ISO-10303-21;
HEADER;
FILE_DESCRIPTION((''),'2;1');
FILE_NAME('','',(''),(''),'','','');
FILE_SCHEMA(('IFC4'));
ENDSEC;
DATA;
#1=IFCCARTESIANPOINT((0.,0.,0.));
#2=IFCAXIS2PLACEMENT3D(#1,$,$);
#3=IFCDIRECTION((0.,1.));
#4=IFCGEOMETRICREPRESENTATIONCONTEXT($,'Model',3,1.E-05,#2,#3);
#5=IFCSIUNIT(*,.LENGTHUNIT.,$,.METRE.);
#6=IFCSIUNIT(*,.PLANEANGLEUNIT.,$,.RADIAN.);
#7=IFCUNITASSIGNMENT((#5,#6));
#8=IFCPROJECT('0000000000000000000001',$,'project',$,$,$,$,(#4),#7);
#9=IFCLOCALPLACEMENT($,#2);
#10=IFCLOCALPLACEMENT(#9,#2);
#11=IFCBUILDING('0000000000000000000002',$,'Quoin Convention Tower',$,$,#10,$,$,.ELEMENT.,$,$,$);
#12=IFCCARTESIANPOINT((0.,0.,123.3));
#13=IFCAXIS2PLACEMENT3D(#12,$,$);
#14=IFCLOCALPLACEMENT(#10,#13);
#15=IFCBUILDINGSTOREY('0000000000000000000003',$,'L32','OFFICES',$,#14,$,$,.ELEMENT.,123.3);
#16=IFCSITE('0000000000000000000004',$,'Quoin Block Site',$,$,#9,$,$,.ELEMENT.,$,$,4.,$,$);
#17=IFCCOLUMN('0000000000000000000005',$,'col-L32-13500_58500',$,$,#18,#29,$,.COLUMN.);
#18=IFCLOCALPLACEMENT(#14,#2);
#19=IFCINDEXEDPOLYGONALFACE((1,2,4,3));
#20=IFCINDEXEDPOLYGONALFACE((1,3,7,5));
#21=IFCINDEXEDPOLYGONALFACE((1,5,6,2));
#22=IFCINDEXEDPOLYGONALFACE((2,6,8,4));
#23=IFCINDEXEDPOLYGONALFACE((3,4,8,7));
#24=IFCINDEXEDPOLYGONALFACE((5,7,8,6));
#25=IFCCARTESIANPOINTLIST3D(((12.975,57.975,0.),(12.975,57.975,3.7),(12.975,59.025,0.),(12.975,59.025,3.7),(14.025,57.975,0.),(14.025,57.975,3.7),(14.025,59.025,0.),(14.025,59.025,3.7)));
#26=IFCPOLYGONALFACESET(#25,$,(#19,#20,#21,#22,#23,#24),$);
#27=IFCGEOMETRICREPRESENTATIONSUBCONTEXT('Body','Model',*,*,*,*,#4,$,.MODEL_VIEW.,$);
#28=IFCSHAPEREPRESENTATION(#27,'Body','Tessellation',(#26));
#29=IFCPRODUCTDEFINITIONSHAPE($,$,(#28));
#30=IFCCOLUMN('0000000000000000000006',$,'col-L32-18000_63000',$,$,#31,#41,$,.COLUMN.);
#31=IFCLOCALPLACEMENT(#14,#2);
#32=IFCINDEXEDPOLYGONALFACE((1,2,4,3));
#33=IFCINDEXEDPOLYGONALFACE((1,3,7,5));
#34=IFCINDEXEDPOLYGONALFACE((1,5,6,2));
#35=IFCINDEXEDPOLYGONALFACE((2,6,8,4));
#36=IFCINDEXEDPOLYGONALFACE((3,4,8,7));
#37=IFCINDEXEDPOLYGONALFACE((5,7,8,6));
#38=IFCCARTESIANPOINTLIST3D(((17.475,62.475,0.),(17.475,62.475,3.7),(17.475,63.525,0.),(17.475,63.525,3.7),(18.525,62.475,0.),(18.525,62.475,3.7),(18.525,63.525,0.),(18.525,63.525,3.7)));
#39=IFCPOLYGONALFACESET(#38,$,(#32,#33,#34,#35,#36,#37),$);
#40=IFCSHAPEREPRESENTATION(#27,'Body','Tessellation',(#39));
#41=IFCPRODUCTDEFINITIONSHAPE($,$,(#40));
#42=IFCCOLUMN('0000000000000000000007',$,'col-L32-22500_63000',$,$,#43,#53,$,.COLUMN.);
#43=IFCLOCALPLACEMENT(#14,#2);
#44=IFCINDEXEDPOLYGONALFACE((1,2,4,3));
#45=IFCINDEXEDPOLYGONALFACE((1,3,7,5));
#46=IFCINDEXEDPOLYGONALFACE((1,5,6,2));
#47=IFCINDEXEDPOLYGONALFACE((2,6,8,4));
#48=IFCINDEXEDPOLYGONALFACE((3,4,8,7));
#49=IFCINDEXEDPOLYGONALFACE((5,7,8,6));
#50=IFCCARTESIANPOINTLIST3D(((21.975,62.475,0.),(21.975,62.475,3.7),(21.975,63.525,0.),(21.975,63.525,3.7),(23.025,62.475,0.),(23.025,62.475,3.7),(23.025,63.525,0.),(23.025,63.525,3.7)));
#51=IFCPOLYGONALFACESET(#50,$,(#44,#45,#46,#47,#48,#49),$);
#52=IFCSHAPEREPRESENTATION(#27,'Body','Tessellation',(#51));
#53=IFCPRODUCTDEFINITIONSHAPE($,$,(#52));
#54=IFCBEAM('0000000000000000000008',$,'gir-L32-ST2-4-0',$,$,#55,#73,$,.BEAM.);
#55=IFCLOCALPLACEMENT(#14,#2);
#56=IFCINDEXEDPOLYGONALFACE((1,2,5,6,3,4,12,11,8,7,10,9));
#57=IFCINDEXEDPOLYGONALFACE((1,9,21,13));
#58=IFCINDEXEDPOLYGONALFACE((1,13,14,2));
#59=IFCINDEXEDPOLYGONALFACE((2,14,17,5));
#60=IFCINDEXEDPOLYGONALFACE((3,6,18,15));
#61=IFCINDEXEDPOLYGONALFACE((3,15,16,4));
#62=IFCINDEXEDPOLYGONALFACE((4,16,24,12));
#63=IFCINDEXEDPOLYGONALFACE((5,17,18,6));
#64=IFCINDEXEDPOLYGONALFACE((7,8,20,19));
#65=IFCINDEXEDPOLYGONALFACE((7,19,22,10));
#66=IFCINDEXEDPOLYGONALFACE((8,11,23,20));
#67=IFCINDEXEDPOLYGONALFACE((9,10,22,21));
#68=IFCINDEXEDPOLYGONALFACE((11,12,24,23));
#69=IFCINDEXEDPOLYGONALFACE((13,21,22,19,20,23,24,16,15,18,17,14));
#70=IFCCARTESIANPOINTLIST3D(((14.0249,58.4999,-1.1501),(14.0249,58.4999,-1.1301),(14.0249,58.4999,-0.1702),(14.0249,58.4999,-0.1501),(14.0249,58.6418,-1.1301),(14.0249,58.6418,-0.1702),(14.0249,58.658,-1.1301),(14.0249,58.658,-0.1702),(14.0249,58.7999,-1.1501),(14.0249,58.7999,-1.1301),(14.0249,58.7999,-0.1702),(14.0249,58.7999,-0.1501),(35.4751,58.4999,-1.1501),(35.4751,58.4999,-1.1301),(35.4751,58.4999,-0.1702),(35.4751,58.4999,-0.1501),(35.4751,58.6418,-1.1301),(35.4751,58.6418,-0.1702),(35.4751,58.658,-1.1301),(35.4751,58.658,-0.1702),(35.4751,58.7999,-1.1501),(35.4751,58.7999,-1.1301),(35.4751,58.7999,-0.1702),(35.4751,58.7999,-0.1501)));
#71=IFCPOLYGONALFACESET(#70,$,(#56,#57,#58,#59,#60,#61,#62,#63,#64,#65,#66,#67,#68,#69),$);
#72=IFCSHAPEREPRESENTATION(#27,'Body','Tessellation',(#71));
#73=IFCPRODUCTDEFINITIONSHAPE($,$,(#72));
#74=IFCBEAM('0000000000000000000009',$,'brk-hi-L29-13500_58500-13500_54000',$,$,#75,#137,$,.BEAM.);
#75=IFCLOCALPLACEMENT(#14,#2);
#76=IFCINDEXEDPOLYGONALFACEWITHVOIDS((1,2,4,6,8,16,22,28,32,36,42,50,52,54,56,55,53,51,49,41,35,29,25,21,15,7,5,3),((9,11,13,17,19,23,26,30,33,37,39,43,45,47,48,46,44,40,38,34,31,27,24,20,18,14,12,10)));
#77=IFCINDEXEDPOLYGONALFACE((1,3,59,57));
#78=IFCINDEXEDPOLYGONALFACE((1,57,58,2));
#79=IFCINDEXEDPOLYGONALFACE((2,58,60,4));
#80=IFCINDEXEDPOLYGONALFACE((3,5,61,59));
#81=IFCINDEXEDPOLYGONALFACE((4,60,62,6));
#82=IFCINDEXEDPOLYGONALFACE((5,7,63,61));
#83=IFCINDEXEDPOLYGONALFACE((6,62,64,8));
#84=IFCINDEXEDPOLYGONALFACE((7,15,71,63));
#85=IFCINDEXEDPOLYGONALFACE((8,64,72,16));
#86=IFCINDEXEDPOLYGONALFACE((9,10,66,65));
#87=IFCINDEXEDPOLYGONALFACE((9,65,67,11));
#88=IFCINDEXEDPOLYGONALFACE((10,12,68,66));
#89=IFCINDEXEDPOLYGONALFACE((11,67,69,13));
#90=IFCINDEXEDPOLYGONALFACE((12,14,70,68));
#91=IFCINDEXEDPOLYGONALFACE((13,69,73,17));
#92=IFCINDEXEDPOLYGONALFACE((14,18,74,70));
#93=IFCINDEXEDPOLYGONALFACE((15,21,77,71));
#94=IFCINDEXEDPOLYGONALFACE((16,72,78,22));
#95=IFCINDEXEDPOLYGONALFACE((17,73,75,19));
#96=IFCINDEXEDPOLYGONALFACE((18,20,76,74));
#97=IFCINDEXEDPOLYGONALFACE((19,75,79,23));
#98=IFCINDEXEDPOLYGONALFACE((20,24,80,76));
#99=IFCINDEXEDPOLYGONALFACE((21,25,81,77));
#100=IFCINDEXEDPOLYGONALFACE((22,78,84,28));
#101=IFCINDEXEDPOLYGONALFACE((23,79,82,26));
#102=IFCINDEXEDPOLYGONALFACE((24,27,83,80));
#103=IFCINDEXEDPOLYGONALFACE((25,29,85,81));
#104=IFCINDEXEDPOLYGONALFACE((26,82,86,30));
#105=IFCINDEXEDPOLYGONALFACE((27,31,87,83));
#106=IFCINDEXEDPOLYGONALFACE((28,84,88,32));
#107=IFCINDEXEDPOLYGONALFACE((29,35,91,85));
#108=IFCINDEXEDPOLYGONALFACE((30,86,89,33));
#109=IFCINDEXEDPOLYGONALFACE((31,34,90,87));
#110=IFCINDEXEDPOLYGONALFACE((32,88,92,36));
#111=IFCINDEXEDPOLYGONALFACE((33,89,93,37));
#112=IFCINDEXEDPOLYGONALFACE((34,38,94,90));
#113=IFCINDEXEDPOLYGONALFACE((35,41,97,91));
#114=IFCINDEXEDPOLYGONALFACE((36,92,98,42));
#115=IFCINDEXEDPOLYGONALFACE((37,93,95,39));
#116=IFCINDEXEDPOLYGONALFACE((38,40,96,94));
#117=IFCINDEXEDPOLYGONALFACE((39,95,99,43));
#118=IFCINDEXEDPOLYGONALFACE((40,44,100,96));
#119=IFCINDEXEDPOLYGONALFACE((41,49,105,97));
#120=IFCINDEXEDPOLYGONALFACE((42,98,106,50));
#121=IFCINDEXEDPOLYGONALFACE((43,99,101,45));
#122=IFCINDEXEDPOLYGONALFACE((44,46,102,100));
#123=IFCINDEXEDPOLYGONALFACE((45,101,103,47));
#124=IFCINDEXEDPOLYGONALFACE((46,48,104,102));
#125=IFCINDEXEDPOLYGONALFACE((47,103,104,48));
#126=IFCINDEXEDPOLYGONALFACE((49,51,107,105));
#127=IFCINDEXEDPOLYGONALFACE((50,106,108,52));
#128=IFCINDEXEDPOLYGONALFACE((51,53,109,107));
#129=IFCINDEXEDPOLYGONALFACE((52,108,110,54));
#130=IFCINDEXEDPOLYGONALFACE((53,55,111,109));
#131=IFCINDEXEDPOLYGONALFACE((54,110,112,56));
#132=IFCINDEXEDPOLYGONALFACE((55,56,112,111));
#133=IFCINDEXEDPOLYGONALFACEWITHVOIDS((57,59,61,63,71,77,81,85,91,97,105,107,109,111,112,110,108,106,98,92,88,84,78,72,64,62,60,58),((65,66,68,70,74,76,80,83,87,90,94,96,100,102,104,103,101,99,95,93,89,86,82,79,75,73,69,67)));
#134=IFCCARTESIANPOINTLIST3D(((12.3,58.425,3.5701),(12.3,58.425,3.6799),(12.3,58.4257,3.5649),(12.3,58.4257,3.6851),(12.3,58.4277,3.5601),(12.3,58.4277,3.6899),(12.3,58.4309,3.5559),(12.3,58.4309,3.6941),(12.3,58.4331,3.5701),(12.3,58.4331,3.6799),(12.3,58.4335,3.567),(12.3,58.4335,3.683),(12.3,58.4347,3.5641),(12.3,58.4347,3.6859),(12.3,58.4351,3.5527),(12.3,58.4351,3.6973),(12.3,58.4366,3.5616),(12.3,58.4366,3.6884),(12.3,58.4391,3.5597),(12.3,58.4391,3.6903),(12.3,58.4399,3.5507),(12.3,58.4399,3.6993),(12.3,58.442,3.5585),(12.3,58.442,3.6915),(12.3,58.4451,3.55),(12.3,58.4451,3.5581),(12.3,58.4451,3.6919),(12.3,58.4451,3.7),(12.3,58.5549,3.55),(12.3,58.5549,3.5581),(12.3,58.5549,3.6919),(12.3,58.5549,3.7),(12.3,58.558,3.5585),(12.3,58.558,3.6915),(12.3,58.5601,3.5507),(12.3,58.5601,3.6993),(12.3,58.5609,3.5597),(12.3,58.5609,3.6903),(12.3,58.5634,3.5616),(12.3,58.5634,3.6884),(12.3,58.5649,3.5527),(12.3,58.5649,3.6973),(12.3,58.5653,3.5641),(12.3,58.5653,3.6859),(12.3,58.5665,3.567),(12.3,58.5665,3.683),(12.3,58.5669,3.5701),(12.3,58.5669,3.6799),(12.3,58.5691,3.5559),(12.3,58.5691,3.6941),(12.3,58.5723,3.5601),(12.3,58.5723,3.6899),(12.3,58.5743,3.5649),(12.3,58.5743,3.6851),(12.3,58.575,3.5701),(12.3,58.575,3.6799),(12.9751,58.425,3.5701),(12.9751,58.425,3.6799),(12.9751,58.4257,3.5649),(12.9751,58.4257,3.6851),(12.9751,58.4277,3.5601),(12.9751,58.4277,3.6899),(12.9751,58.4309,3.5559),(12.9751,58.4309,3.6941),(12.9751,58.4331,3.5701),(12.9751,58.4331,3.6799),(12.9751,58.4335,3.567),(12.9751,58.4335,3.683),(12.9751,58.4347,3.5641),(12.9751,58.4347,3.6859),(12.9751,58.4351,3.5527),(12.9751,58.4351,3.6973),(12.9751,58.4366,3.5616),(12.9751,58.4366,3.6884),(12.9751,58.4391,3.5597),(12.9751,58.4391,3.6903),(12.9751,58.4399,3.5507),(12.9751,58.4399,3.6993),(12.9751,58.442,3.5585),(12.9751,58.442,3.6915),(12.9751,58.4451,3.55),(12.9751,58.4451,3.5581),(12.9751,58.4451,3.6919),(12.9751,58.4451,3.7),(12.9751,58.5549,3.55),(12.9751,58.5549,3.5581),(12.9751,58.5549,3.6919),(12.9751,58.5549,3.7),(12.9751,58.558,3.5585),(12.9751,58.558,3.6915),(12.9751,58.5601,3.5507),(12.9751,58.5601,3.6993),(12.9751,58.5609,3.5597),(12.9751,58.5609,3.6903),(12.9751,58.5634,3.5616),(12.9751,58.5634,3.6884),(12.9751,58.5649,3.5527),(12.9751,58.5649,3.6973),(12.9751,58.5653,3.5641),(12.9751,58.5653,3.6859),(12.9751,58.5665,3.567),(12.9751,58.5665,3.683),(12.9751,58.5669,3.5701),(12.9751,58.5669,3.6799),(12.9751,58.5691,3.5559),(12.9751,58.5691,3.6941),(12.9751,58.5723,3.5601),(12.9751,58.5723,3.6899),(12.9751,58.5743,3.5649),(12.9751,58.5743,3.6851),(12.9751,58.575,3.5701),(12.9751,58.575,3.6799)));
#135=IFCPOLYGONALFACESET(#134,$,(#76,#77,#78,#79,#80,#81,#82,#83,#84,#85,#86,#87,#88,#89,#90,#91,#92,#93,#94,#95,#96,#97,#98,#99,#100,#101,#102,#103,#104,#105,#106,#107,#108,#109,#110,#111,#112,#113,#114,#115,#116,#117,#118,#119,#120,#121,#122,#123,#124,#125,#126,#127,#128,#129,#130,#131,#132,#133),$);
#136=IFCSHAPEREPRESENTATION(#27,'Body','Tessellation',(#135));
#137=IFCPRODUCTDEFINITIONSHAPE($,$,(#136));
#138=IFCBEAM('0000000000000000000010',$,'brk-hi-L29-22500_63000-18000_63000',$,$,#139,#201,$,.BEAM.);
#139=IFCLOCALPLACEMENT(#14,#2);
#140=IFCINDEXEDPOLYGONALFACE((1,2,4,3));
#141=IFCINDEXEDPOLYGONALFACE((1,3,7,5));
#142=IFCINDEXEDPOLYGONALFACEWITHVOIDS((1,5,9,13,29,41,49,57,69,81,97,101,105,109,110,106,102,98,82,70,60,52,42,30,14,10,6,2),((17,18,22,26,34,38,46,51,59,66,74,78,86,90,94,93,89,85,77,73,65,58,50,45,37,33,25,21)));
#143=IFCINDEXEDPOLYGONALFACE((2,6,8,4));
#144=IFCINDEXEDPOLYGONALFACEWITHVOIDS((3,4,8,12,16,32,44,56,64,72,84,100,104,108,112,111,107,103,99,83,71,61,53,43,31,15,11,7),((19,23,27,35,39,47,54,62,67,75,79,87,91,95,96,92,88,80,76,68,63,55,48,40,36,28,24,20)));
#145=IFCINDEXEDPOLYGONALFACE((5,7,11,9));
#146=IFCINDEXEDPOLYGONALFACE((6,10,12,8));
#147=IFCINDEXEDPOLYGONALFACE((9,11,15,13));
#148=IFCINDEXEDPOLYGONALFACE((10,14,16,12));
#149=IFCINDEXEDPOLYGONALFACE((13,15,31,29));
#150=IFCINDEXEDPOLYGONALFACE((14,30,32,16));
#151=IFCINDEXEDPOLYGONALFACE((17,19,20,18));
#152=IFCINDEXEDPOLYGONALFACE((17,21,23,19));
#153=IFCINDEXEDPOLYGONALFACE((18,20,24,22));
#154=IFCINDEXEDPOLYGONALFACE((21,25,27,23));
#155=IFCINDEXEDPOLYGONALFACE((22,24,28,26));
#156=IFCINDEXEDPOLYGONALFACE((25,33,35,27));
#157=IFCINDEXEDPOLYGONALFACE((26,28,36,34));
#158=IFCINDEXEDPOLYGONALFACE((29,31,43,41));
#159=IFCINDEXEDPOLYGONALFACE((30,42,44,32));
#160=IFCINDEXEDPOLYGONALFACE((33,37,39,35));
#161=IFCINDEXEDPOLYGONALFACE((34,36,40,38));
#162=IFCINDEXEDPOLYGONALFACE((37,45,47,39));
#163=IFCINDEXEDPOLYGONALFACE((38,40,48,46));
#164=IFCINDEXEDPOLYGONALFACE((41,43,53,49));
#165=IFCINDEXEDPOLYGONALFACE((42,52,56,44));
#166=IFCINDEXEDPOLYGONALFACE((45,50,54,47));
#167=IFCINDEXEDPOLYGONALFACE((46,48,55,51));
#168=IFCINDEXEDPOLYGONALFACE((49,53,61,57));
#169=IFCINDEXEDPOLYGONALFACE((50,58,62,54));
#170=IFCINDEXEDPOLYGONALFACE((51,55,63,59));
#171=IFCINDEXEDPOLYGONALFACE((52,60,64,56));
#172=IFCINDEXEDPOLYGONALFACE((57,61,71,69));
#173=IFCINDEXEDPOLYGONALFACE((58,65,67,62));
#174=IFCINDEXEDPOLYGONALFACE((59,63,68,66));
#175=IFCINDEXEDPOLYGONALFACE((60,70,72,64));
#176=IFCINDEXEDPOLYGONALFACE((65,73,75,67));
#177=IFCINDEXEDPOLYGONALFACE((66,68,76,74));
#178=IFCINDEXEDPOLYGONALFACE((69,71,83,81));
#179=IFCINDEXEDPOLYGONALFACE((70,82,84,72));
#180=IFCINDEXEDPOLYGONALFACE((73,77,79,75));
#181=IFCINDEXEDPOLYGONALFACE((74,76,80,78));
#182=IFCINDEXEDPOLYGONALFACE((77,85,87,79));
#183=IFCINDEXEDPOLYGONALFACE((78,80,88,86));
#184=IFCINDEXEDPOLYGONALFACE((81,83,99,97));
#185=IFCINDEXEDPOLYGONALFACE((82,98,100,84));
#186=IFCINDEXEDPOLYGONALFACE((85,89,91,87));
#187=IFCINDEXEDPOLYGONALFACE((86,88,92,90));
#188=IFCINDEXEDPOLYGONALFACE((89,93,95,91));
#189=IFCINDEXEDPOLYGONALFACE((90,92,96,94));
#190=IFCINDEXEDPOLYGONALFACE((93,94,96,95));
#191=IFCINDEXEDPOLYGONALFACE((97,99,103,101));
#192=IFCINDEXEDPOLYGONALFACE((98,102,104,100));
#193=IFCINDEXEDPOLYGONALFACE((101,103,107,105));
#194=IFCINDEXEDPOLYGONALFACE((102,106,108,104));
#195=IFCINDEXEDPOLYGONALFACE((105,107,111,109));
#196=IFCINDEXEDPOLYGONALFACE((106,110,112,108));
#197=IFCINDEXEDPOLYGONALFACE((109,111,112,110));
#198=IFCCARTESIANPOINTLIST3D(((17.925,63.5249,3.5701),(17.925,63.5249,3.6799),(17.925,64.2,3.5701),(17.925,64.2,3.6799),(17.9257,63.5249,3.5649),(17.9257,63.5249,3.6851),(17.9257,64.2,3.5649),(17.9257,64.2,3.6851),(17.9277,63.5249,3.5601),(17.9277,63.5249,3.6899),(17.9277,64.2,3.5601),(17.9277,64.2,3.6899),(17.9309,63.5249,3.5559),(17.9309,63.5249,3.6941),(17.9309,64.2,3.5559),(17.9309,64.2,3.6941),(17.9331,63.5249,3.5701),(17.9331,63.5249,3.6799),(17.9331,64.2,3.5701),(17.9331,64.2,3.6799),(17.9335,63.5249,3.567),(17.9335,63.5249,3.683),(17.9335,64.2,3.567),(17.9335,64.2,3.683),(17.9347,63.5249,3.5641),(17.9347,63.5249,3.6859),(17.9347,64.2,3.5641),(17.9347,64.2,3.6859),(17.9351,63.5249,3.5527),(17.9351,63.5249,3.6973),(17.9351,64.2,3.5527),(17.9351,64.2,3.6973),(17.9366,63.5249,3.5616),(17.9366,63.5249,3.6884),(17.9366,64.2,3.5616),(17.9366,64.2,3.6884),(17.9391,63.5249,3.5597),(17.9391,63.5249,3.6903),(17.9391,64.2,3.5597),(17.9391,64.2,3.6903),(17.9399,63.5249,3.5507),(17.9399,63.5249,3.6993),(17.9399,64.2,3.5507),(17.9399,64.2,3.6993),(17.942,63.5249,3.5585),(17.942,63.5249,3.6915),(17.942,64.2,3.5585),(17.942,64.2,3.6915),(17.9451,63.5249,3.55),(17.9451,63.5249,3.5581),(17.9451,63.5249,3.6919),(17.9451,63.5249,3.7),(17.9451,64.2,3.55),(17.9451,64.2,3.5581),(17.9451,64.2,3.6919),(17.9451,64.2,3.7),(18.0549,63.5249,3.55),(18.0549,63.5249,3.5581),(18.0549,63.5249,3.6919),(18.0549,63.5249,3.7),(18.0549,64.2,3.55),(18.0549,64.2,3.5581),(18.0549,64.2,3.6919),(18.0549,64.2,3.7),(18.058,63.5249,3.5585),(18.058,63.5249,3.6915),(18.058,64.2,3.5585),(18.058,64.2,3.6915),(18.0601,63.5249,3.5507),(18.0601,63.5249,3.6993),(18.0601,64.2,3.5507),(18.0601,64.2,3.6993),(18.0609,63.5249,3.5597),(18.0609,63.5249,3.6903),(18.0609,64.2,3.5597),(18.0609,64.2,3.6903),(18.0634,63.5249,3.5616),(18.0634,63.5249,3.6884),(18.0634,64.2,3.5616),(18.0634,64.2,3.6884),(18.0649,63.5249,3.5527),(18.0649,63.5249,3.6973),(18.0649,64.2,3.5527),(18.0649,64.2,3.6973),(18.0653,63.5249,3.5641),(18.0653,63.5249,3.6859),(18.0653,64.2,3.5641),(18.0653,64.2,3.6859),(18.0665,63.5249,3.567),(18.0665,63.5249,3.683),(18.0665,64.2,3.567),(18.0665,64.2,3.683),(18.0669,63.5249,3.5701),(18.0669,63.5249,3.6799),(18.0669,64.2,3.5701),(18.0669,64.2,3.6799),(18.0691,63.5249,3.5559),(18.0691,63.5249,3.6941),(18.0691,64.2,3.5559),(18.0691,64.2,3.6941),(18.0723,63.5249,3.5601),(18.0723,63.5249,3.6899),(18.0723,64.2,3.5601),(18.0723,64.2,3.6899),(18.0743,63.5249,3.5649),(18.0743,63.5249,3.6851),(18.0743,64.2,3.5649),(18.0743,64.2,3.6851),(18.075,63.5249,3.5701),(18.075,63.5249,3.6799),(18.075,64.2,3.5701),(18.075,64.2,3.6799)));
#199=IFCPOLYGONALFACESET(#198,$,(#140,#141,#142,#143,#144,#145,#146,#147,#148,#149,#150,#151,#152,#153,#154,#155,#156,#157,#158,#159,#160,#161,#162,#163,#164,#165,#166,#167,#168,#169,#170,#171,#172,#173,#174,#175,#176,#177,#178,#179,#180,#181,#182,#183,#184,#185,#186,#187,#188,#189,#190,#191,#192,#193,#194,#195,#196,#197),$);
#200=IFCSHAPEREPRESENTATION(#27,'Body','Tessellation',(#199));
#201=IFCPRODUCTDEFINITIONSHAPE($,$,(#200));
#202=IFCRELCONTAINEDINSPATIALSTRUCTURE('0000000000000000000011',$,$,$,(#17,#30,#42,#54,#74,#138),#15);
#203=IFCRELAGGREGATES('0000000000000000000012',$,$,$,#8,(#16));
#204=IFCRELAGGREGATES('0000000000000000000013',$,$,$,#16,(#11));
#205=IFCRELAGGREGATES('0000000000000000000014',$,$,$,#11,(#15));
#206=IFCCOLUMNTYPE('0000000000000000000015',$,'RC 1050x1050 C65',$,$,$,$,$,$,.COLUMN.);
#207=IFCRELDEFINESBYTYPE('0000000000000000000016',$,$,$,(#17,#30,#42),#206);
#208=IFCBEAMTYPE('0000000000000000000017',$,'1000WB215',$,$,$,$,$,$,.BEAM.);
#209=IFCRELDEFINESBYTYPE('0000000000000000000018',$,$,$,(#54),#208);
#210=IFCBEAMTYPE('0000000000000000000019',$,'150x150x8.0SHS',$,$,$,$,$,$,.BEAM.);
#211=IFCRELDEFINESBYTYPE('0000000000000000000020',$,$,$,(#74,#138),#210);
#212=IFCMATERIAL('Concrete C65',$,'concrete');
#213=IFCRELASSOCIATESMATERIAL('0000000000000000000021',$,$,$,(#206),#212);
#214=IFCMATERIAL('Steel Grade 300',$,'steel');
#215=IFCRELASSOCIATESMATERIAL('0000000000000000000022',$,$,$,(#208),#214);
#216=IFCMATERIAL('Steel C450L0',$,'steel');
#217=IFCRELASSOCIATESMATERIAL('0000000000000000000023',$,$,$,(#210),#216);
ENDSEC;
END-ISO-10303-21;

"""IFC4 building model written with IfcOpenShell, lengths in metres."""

from ifc_helpers import new_model, si_unit, direction, frame, origin, origin_2d, place, context, subcontext, project, spatial, rectangle, hollow_rectangle, i_section, extrude, material, material_profile, profile_set, type_object, element, save


model = new_model("IFC4")

# Units and contexts
model_context = context("Model", 3, precision=1e-05, world=origin(), true_north=direction((0.0, 1.0)))
body_context = subcontext(model_context, "Body", "Model", "MODEL_VIEW")
ifc_project = project(units=[si_unit("LENGTHUNIT", "METRE"), si_unit("PLANEANGLEUNIT", "RADIAN")], contexts=[model_context])

# Site, building, storey
site_placement = place(None, origin())
site = spatial("IfcSite", under=ifc_project, at=site_placement, Name="Quoin Block Site", CompositionType="ELEMENT", RefElevation=4.0)
building_placement = place(site_placement, origin())
building = spatial("IfcBuilding", under=site, at=building_placement, Name="Quoin Convention Tower", CompositionType="ELEMENT")
storey_placement = place(building_placement, frame((0.0, 0.0, 123.3)))
storey = spatial("IfcBuildingStorey", under=building, at=storey_placement, Name="L32", Description="OFFICES", CompositionType="ELEMENT", Elevation=123.3)

# Columns
ifc_material_1 = material(Name="Concrete C65", Category="concrete")
ifc_material_profile_1 = material_profile(ifc_material_1, rectangle(XDim=1.05, YDim=1.05, at=origin_2d()), Name="RC 1050x1050")
ifc_profile_set_1 = profile_set([ifc_material_profile_1], Name="Concrete C65")
column_type = type_object("IfcColumnType", Name="RC 1050x1050 C65", PredefinedType="COLUMN", material=ifc_profile_set_1)
for number, where, z_axis, x_axis, name in (
    (1, (13.5, 58.5, 0.0), (0.0, 0.0, 1.0), (1.0, 0.0, 0.0), "col-L32-13500_58500"),
    (2, (18.0, 63.0, 0.0), (0.0, 0.0, 1.0), (1.0, 0.0, 0.0), "col-L32-18000_63000"),
    (3, (22.5, 63.0, 0.0), (0.0, 0.0, 1.0), (1.0, 0.0, 0.0), "col-L32-22500_63000"),
):
    element("IfcColumn", number, at=place(storey_placement, frame(where, z_axis=z_axis, x_axis=x_axis)), inside=storey, type_object=column_type, Name=name, PredefinedType="COLUMN", context=body_context, shape_type="SweptSolid", body=[
        extrude(rectangle(XDim=1.05, YDim=1.05, at=origin_2d()), origin(), (0.0, 0.0, 1.0), 3.7),
    ])

# Beams
ifc_material_2 = material(Name="Steel Grade 300", Category="steel")
ifc_material_profile_2 = material_profile(ifc_material_2, i_section(OverallWidth=0.3, OverallDepth=1.0, WebThickness=0.0161, FlangeThickness=0.02, at=origin_2d()), Name="1000WB215")
ifc_profile_set_2 = profile_set([ifc_material_profile_2], Name="Steel Grade 300")
beam_type_1 = type_object("IfcBeamType", Name="1000WB215", PredefinedType="BEAM", material=ifc_profile_set_2)
beam_1_placement = place(storey_placement, frame((14.0249, 58.6499, -0.6501), z_axis=(1.0, 0.0, 0.0), x_axis=(0.0, 1.0, 0.0)))
element("IfcBeam", 4, at=beam_1_placement, inside=storey, type_object=beam_type_1, Name="gir-L32-ST2-4-0", PredefinedType="BEAM", context=body_context, shape_type="SweptSolid", body=[
    extrude(i_section(OverallWidth=0.3, OverallDepth=1.0, WebThickness=0.0161, FlangeThickness=0.02, at=origin_2d()), origin(), (0.0, 0.0, 1.0), 21.4502),
])
ifc_material_3 = material(Name="Steel C450L0", Category="steel")
ifc_material_profile_3 = material_profile(ifc_material_3, hollow_rectangle(XDim=0.1499, YDim=0.1499, WallThickness=0.0081, InnerFilletRadius=0.012, OuterFilletRadius=0.02, at=origin_2d()), Name="150x150x8.0SHS")
ifc_profile_set_3 = profile_set([ifc_material_profile_3], Name="Steel C450L0")
beam_type_2 = type_object("IfcBeamType", Name="150x150x8.0SHS", PredefinedType="BEAM", material=ifc_profile_set_3)
for number, where, z_axis, x_axis, name in (
    (5, (12.9751, 58.5, 3.625), (-1.0, 0.0, 0.0), (0.0, -1.0, 0.0), "brk-hi-L29-13500_58500-13500_54000"),
    (6, (18.0, 63.5249, 3.625), (0.0, 1.0, 0.0), (-1.0, 0.0, 0.0), "brk-hi-L29-22500_63000-18000_63000"),
):
    element("IfcBeam", number, at=place(storey_placement, frame(where, z_axis=z_axis, x_axis=x_axis)), inside=storey, type_object=beam_type_2, Name=name, PredefinedType="BEAM", context=body_context, shape_type="SweptSolid", body=[
        extrude(hollow_rectangle(XDim=0.1499, YDim=0.1499, WallThickness=0.0081, InnerFilletRadius=0.012, OuterFilletRadius=0.02, at=origin_2d()), origin(), (0.0, 0.0, 1.0), 0.675),
    ])

save(model, "model.ifc")
